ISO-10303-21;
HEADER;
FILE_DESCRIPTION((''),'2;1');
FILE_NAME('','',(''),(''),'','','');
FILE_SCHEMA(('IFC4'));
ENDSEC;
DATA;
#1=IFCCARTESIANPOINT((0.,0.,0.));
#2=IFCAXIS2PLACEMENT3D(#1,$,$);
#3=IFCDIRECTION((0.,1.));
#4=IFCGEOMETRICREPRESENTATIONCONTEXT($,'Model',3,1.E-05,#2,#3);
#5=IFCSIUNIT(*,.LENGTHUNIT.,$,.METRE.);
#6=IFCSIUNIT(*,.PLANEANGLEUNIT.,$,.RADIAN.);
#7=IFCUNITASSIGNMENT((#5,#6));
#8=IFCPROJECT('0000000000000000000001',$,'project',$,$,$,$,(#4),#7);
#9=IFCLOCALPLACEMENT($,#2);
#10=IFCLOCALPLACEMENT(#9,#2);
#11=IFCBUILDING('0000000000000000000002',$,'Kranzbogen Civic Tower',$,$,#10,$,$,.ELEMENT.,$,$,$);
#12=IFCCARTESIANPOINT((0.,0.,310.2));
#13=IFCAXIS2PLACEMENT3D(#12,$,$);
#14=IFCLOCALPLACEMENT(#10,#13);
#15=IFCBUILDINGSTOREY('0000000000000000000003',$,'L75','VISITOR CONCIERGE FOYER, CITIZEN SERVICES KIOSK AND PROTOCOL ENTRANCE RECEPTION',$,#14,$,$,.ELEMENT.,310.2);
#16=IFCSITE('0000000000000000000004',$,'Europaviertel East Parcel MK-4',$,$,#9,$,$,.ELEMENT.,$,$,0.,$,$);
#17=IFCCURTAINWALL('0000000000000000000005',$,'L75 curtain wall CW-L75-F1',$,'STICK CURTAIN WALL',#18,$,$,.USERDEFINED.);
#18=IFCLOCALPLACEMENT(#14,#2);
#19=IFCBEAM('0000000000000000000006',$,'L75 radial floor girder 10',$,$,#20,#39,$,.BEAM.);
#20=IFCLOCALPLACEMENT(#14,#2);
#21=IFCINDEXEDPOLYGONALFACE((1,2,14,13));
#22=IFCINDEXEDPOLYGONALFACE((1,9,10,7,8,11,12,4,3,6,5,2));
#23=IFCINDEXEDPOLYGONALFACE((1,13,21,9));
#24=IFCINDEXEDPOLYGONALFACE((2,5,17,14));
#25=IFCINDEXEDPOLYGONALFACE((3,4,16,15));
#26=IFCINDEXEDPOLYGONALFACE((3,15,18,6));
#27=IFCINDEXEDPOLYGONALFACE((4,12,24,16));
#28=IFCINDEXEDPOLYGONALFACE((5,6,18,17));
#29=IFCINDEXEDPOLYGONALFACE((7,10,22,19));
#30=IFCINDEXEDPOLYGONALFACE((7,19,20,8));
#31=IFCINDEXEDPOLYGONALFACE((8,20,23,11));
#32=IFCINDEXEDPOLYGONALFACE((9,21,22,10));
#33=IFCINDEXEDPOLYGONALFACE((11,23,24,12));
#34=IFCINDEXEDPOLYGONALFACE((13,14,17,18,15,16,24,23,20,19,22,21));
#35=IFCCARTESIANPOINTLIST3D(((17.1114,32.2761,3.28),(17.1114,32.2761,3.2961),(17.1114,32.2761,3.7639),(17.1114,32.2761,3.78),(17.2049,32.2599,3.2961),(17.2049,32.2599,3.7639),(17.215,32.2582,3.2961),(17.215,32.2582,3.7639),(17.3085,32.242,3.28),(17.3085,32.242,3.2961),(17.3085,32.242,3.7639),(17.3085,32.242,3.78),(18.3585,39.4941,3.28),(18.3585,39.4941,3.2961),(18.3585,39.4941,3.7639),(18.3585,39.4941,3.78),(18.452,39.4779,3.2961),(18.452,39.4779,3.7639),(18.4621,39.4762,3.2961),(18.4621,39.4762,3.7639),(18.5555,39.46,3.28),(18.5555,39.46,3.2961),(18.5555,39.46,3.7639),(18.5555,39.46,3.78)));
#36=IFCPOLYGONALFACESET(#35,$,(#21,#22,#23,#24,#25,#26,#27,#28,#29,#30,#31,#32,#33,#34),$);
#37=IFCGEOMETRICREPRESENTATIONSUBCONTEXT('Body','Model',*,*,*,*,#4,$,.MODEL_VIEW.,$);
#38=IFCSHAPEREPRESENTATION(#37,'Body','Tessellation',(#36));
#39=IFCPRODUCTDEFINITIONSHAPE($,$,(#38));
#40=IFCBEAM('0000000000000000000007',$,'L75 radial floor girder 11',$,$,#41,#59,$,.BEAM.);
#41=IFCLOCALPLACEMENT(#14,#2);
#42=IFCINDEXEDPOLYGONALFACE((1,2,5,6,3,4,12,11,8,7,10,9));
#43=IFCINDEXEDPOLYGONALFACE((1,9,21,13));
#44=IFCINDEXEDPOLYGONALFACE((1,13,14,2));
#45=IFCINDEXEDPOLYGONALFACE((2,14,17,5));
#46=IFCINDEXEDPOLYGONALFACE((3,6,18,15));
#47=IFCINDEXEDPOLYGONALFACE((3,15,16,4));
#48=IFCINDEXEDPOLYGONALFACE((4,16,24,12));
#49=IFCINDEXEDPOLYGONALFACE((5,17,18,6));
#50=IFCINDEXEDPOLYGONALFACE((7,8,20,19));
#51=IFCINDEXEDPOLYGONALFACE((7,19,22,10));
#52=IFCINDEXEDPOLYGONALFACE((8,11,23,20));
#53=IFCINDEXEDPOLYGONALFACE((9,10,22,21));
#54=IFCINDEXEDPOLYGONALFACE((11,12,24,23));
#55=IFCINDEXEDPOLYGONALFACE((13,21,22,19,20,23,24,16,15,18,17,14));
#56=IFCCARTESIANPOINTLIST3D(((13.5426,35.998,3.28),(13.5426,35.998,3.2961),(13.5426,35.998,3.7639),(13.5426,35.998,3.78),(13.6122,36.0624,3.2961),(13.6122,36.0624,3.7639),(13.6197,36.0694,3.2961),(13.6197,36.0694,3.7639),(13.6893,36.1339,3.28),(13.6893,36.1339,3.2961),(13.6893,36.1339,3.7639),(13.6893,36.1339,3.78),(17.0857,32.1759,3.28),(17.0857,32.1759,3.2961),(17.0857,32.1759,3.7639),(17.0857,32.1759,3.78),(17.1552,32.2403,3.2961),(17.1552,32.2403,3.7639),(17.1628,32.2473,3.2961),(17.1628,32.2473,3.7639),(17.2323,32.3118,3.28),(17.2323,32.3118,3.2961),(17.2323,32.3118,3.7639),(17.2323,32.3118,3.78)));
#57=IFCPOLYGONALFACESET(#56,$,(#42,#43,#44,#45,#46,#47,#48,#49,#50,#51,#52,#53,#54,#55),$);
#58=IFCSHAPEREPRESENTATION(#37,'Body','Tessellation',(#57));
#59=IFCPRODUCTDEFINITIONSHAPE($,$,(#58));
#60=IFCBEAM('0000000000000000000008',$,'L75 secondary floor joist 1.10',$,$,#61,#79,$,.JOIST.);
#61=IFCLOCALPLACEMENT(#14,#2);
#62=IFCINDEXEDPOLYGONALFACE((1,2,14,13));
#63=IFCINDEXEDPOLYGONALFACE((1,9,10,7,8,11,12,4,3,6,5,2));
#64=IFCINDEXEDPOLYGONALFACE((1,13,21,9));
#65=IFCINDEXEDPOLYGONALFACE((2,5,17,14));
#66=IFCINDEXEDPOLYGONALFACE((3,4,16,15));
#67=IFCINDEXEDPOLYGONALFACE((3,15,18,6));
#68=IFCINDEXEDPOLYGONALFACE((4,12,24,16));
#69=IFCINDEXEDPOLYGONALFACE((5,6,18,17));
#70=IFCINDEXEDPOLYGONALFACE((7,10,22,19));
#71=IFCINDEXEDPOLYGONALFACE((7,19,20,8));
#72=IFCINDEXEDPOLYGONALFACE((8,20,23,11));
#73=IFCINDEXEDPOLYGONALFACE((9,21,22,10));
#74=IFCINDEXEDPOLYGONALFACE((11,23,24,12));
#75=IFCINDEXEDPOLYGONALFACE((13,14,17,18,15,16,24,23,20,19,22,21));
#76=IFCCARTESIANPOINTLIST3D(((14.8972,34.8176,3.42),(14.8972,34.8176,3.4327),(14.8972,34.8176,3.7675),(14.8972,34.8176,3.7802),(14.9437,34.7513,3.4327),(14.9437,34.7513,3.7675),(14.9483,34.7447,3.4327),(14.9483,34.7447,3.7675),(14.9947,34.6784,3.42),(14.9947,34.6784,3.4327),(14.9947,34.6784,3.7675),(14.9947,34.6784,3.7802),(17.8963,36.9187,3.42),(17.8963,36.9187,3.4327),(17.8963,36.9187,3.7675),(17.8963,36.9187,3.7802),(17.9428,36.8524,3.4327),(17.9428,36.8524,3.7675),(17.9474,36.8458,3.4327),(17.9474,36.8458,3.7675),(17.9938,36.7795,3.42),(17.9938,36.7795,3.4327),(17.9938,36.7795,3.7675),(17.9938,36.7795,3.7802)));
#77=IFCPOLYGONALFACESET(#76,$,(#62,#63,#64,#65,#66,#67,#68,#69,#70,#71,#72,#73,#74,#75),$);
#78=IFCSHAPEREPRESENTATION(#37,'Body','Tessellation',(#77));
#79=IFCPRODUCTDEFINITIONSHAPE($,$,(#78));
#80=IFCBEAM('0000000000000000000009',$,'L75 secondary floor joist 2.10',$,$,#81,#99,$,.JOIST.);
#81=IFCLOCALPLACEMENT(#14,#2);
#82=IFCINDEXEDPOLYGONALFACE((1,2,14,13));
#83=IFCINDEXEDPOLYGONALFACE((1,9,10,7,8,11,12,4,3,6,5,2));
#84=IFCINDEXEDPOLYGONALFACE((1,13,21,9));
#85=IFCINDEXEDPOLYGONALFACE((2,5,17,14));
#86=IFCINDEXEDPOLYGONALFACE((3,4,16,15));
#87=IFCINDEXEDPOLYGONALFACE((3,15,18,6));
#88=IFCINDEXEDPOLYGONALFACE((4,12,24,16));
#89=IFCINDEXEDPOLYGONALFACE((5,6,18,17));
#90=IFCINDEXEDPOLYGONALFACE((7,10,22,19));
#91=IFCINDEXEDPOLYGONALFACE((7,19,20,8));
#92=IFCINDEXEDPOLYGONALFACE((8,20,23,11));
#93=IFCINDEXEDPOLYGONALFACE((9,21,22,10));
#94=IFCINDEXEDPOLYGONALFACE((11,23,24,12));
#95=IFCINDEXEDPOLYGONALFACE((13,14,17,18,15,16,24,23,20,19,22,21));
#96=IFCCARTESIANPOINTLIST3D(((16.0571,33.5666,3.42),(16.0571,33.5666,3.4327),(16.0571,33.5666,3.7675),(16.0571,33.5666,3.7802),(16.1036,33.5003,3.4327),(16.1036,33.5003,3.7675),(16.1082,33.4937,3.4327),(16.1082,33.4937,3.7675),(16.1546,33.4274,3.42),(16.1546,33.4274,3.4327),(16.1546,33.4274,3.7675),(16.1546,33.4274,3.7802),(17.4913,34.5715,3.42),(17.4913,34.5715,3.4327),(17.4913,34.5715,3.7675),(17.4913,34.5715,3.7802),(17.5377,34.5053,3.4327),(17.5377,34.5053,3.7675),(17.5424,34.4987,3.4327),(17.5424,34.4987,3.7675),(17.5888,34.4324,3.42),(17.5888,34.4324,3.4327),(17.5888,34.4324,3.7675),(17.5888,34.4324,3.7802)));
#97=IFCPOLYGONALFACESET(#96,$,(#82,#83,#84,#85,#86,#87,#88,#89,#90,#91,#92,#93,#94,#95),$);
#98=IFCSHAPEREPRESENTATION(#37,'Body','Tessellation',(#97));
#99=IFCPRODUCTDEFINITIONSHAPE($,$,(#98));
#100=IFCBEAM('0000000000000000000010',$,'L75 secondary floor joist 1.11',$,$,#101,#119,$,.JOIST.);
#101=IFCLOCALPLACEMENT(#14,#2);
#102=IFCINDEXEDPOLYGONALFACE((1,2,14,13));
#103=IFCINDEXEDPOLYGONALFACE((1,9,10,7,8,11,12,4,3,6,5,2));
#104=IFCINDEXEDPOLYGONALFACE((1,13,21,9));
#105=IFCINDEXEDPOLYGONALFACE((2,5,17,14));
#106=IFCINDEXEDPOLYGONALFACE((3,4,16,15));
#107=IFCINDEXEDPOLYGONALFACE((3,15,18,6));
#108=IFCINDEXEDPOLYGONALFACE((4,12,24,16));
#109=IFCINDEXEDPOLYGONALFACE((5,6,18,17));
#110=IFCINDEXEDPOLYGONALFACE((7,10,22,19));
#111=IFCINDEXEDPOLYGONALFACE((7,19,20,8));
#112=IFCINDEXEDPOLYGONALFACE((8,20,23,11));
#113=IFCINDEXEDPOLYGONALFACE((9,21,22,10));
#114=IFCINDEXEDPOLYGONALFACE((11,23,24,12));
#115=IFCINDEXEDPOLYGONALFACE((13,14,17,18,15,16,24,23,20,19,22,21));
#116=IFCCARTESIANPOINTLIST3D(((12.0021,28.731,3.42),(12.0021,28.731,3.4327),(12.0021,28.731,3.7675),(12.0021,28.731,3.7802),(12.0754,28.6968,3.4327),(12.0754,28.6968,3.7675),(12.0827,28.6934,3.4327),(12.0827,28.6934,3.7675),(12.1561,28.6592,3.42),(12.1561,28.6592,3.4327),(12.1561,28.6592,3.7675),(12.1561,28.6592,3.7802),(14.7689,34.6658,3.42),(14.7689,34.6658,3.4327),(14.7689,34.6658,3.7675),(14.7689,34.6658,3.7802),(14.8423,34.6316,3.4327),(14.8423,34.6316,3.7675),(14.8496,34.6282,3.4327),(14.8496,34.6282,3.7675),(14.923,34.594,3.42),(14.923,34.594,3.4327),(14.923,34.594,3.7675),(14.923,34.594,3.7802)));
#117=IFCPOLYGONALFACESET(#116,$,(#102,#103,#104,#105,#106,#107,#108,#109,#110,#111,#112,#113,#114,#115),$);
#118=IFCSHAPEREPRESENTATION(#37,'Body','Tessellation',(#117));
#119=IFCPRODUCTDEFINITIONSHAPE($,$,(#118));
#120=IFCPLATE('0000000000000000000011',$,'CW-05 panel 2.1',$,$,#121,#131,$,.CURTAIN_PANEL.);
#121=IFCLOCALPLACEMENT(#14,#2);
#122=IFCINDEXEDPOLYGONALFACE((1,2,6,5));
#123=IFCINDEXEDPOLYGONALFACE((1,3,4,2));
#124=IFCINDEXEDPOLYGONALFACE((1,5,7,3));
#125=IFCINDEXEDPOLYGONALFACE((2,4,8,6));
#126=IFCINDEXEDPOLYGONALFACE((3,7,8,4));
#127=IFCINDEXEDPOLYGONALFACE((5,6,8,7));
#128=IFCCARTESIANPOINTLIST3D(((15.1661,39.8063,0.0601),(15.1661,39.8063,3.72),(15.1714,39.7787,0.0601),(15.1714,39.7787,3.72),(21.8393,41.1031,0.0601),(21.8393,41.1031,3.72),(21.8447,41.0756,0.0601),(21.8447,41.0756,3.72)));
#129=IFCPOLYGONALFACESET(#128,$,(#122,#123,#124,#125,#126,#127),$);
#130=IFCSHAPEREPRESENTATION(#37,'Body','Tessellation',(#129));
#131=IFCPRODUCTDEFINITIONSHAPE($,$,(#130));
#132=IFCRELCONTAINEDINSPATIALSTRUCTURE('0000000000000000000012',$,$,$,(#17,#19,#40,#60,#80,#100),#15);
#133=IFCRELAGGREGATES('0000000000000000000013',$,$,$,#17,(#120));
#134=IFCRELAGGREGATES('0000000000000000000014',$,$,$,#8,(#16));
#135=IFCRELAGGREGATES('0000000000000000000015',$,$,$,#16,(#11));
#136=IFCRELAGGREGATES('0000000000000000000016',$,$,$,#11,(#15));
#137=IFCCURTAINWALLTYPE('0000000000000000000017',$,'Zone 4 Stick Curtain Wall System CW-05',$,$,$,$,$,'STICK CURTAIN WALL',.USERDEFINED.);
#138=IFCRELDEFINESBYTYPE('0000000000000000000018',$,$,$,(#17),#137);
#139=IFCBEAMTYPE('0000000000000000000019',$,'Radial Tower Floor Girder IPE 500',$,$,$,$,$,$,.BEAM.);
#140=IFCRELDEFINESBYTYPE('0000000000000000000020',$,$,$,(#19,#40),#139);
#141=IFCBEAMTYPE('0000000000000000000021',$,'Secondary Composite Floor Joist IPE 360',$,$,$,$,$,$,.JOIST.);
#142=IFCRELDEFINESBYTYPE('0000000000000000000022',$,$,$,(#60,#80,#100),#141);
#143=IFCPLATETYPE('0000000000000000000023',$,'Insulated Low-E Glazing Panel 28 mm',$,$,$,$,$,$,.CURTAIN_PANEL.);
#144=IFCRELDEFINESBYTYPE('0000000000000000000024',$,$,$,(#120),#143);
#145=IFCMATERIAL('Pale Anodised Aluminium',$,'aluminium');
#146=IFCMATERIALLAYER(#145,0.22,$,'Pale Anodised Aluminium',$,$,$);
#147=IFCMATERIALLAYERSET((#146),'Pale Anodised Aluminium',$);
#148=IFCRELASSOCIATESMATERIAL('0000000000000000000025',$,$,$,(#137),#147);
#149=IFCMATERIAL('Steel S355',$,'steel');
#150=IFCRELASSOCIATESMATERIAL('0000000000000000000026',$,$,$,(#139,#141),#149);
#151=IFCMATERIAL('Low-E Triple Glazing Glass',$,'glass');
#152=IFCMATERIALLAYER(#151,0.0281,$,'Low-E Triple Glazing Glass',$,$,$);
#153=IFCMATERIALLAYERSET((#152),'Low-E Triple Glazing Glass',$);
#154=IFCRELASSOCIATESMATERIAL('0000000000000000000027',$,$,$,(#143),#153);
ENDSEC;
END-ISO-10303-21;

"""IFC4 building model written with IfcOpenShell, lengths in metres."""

from ifc_helpers import new_model, si_unit, direction, frame, origin, origin_2d, place, context, subcontext, project, spatial, rectangle, i_section, extrude, material, layer, layer_set, material_profile, profile_set, type_object, element, aggregate, save


model = new_model("IFC4")

# Units and contexts
model_context = context("Model", 3, precision=1e-05, world=origin(), true_north=direction((0.0, 1.0)))
body_context = subcontext(model_context, "Body", "Model", "MODEL_VIEW")
ifc_project = project(units=[si_unit("LENGTHUNIT", "METRE"), si_unit("PLANEANGLEUNIT", "RADIAN")], contexts=[model_context])

# Site, building, storey
site_placement = place(None, origin())
site = spatial("IfcSite", under=ifc_project, at=site_placement, Name="Europaviertel East Parcel MK-4", CompositionType="ELEMENT", RefElevation=0.0)
building_placement = place(site_placement, origin())
building = spatial("IfcBuilding", under=site, at=building_placement, Name="Kranzbogen Civic Tower", CompositionType="ELEMENT")
storey_placement = place(building_placement, frame((0.0, 0.0, 310.2)))
storey = spatial("IfcBuildingStorey", under=building, at=storey_placement, Name="L75", Description="VISITOR CONCIERGE FOYER, CITIZEN SERVICES KIOSK AND PROTOCOL ENTRANCE RECEPTION", CompositionType="ELEMENT", Elevation=310.2)

# Shared definitions
ifc_material_1 = material(Name="Steel S355", Category="steel")

# Curtain wall
ifc_material_2 = material(Name="Pale Anodised Aluminium", Category="aluminium")
ifc_layer_1 = layer(ifc_material_2, 0.22, Name="Pale Anodised Aluminium")
ifc_layer_set_1 = layer_set([ifc_layer_1], Name="Pale Anodised Aluminium")
curtain_wall_type = type_object("IfcCurtainWallType", Name="Zone 4 Stick Curtain Wall System CW-05", ElementType="STICK CURTAIN WALL", PredefinedType="USERDEFINED", material=ifc_layer_set_1)
curtain_wall_1_placement = place(storey_placement, origin())
curtain_wall_1 = element("IfcCurtainWall", 1, at=curtain_wall_1_placement, inside=storey, type_object=curtain_wall_type, Name="L75 curtain wall CW-L75-F1", ObjectType="STICK CURTAIN WALL", PredefinedType="USERDEFINED")

# Beams
ifc_material_profile_1 = material_profile(ifc_material_1, i_section(OverallWidth=0.2, OverallDepth=0.5, WebThickness=0.0103, FlangeThickness=0.0161, at=origin_2d()), Name="IPE 500")
ifc_profile_set_1 = profile_set([ifc_material_profile_1], Name="Steel S355")
beam_type_1 = type_object("IfcBeamType", Name="Radial Tower Floor Girder IPE 500", PredefinedType="BEAM", material=ifc_profile_set_1)
beam_1_placement = place(storey_placement, frame((18.457, 39.4771, 3.53), z_axis=(-0.17025, -0.985401, 0.0), x_axis=(0.985401, -0.17025, 0.0)))
element("IfcBeam", 2, at=beam_1_placement, inside=storey, type_object=beam_type_1, Name="L75 radial floor girder 10", PredefinedType="BEAM", context=body_context, shape_type="SweptSolid", body=[
    extrude(i_section(OverallWidth=0.2, OverallDepth=0.5, WebThickness=0.0103, FlangeThickness=0.0161, at=origin_2d()), origin(), (0.0, 0.0, 1.0), 7.325),
])
beam_2_placement = place(storey_placement, frame((13.616, 36.0659, 3.53), z_axis=(0.679827, -0.733372, 0.0), x_axis=(0.733372, 0.679827, 0.0)))
element("IfcBeam", 3, at=beam_2_placement, inside=storey, type_object=beam_type_1, Name="L75 radial floor girder 11", PredefinedType="BEAM", context=body_context, shape_type="SweptSolid", body=[
    extrude(i_section(OverallWidth=0.2, OverallDepth=0.5, WebThickness=0.0103, FlangeThickness=0.0161, at=origin_2d()), origin(), (0.0, 0.0, 1.0), 5.2117),
])
ifc_material_profile_2 = material_profile(ifc_material_1, i_section(OverallWidth=0.1699, OverallDepth=0.3601, WebThickness=0.0081, FlangeThickness=0.0127, at=origin_2d()), Name="IPE 360")
ifc_profile_set_2 = profile_set([ifc_material_profile_2], Name="Steel S355")
beam_type_2 = type_object("IfcBeamType", Name="Secondary Composite Floor Joist IPE 360", PredefinedType="JOIST", material=ifc_profile_set_2)
beam_3_placement = place(storey_placement, frame((17.9451, 36.8491, 3.6001), z_axis=(-0.819006, -0.573784, 0.0), x_axis=(0.573784, -0.819006, 0.0)))
element("IfcBeam", 4, at=beam_3_placement, inside=storey, type_object=beam_type_2, Name="L75 secondary floor joist 1.10", PredefinedType="JOIST", context=body_context, shape_type="SweptSolid", body=[
    extrude(i_section(OverallWidth=0.1699, OverallDepth=0.3601, WebThickness=0.0081, FlangeThickness=0.0127, at=origin_2d()), origin(), (0.0, 0.0, 1.0), 3.6619),
])
beam_4_placement = place(storey_placement, frame((17.54, 34.502, 3.6001), z_axis=(-0.818957, -0.573855, 0.0), x_axis=(0.573855, -0.818957, 0.0)))
element("IfcBeam", 5, at=beam_4_placement, inside=storey, type_object=beam_type_2, Name="L75 secondary floor joist 2.10", PredefinedType="JOIST", context=body_context, shape_type="SweptSolid", body=[
    extrude(i_section(OverallWidth=0.1699, OverallDepth=0.3601, WebThickness=0.0081, FlangeThickness=0.0127, at=origin_2d()), origin(), (0.0, 0.0, 1.0), 1.7512),
])
beam_5_placement = place(storey_placement, frame((14.8459, 34.6299, 3.6001), z_axis=(-0.422543, -0.906343, 0.0), x_axis=(0.906343, -0.422543, 0.0)))
element("IfcBeam", 6, at=beam_5_placement, inside=storey, type_object=beam_type_2, Name="L75 secondary floor joist 1.11", PredefinedType="JOIST", context=body_context, shape_type="SweptSolid", body=[
    extrude(i_section(OverallWidth=0.1699, OverallDepth=0.3601, WebThickness=0.0081, FlangeThickness=0.0127, at=origin_2d()), origin(), (0.0, 0.0, 1.0), 6.5481),
])

# Plate
ifc_material_3 = material(Name="Low-E Triple Glazing Glass", Category="glass")
ifc_layer_2 = layer(ifc_material_3, 0.0281, Name="Low-E Triple Glazing Glass")
ifc_layer_set_2 = layer_set([ifc_layer_2], Name="Low-E Triple Glazing Glass")
plate_type = type_object("IfcPlateType", Name="Insulated Low-E Glazing Panel 28 mm", PredefinedType="CURTAIN_PANEL", material=ifc_layer_set_2)
plate_placement = place(storey_placement, frame((18.5054, 40.4409, 0.0601), z_axis=(0.0, 0.0, 1.0), x_axis=(-0.981635, -0.190767, 0.0)))
plate = element("IfcPlate", 7, at=plate_placement, type_object=plate_type, Name="CW-05 panel 2.1", PredefinedType="CURTAIN_PANEL", context=body_context, shape_type="SweptSolid", body=[
    extrude(rectangle(XDim=6.7981, YDim=0.0281, at=origin_2d()), origin(), (0.0, 0.0, 1.0), 3.6599),
])
aggregate(curtain_wall_1, [plate])

save(model, "model.ifc")
